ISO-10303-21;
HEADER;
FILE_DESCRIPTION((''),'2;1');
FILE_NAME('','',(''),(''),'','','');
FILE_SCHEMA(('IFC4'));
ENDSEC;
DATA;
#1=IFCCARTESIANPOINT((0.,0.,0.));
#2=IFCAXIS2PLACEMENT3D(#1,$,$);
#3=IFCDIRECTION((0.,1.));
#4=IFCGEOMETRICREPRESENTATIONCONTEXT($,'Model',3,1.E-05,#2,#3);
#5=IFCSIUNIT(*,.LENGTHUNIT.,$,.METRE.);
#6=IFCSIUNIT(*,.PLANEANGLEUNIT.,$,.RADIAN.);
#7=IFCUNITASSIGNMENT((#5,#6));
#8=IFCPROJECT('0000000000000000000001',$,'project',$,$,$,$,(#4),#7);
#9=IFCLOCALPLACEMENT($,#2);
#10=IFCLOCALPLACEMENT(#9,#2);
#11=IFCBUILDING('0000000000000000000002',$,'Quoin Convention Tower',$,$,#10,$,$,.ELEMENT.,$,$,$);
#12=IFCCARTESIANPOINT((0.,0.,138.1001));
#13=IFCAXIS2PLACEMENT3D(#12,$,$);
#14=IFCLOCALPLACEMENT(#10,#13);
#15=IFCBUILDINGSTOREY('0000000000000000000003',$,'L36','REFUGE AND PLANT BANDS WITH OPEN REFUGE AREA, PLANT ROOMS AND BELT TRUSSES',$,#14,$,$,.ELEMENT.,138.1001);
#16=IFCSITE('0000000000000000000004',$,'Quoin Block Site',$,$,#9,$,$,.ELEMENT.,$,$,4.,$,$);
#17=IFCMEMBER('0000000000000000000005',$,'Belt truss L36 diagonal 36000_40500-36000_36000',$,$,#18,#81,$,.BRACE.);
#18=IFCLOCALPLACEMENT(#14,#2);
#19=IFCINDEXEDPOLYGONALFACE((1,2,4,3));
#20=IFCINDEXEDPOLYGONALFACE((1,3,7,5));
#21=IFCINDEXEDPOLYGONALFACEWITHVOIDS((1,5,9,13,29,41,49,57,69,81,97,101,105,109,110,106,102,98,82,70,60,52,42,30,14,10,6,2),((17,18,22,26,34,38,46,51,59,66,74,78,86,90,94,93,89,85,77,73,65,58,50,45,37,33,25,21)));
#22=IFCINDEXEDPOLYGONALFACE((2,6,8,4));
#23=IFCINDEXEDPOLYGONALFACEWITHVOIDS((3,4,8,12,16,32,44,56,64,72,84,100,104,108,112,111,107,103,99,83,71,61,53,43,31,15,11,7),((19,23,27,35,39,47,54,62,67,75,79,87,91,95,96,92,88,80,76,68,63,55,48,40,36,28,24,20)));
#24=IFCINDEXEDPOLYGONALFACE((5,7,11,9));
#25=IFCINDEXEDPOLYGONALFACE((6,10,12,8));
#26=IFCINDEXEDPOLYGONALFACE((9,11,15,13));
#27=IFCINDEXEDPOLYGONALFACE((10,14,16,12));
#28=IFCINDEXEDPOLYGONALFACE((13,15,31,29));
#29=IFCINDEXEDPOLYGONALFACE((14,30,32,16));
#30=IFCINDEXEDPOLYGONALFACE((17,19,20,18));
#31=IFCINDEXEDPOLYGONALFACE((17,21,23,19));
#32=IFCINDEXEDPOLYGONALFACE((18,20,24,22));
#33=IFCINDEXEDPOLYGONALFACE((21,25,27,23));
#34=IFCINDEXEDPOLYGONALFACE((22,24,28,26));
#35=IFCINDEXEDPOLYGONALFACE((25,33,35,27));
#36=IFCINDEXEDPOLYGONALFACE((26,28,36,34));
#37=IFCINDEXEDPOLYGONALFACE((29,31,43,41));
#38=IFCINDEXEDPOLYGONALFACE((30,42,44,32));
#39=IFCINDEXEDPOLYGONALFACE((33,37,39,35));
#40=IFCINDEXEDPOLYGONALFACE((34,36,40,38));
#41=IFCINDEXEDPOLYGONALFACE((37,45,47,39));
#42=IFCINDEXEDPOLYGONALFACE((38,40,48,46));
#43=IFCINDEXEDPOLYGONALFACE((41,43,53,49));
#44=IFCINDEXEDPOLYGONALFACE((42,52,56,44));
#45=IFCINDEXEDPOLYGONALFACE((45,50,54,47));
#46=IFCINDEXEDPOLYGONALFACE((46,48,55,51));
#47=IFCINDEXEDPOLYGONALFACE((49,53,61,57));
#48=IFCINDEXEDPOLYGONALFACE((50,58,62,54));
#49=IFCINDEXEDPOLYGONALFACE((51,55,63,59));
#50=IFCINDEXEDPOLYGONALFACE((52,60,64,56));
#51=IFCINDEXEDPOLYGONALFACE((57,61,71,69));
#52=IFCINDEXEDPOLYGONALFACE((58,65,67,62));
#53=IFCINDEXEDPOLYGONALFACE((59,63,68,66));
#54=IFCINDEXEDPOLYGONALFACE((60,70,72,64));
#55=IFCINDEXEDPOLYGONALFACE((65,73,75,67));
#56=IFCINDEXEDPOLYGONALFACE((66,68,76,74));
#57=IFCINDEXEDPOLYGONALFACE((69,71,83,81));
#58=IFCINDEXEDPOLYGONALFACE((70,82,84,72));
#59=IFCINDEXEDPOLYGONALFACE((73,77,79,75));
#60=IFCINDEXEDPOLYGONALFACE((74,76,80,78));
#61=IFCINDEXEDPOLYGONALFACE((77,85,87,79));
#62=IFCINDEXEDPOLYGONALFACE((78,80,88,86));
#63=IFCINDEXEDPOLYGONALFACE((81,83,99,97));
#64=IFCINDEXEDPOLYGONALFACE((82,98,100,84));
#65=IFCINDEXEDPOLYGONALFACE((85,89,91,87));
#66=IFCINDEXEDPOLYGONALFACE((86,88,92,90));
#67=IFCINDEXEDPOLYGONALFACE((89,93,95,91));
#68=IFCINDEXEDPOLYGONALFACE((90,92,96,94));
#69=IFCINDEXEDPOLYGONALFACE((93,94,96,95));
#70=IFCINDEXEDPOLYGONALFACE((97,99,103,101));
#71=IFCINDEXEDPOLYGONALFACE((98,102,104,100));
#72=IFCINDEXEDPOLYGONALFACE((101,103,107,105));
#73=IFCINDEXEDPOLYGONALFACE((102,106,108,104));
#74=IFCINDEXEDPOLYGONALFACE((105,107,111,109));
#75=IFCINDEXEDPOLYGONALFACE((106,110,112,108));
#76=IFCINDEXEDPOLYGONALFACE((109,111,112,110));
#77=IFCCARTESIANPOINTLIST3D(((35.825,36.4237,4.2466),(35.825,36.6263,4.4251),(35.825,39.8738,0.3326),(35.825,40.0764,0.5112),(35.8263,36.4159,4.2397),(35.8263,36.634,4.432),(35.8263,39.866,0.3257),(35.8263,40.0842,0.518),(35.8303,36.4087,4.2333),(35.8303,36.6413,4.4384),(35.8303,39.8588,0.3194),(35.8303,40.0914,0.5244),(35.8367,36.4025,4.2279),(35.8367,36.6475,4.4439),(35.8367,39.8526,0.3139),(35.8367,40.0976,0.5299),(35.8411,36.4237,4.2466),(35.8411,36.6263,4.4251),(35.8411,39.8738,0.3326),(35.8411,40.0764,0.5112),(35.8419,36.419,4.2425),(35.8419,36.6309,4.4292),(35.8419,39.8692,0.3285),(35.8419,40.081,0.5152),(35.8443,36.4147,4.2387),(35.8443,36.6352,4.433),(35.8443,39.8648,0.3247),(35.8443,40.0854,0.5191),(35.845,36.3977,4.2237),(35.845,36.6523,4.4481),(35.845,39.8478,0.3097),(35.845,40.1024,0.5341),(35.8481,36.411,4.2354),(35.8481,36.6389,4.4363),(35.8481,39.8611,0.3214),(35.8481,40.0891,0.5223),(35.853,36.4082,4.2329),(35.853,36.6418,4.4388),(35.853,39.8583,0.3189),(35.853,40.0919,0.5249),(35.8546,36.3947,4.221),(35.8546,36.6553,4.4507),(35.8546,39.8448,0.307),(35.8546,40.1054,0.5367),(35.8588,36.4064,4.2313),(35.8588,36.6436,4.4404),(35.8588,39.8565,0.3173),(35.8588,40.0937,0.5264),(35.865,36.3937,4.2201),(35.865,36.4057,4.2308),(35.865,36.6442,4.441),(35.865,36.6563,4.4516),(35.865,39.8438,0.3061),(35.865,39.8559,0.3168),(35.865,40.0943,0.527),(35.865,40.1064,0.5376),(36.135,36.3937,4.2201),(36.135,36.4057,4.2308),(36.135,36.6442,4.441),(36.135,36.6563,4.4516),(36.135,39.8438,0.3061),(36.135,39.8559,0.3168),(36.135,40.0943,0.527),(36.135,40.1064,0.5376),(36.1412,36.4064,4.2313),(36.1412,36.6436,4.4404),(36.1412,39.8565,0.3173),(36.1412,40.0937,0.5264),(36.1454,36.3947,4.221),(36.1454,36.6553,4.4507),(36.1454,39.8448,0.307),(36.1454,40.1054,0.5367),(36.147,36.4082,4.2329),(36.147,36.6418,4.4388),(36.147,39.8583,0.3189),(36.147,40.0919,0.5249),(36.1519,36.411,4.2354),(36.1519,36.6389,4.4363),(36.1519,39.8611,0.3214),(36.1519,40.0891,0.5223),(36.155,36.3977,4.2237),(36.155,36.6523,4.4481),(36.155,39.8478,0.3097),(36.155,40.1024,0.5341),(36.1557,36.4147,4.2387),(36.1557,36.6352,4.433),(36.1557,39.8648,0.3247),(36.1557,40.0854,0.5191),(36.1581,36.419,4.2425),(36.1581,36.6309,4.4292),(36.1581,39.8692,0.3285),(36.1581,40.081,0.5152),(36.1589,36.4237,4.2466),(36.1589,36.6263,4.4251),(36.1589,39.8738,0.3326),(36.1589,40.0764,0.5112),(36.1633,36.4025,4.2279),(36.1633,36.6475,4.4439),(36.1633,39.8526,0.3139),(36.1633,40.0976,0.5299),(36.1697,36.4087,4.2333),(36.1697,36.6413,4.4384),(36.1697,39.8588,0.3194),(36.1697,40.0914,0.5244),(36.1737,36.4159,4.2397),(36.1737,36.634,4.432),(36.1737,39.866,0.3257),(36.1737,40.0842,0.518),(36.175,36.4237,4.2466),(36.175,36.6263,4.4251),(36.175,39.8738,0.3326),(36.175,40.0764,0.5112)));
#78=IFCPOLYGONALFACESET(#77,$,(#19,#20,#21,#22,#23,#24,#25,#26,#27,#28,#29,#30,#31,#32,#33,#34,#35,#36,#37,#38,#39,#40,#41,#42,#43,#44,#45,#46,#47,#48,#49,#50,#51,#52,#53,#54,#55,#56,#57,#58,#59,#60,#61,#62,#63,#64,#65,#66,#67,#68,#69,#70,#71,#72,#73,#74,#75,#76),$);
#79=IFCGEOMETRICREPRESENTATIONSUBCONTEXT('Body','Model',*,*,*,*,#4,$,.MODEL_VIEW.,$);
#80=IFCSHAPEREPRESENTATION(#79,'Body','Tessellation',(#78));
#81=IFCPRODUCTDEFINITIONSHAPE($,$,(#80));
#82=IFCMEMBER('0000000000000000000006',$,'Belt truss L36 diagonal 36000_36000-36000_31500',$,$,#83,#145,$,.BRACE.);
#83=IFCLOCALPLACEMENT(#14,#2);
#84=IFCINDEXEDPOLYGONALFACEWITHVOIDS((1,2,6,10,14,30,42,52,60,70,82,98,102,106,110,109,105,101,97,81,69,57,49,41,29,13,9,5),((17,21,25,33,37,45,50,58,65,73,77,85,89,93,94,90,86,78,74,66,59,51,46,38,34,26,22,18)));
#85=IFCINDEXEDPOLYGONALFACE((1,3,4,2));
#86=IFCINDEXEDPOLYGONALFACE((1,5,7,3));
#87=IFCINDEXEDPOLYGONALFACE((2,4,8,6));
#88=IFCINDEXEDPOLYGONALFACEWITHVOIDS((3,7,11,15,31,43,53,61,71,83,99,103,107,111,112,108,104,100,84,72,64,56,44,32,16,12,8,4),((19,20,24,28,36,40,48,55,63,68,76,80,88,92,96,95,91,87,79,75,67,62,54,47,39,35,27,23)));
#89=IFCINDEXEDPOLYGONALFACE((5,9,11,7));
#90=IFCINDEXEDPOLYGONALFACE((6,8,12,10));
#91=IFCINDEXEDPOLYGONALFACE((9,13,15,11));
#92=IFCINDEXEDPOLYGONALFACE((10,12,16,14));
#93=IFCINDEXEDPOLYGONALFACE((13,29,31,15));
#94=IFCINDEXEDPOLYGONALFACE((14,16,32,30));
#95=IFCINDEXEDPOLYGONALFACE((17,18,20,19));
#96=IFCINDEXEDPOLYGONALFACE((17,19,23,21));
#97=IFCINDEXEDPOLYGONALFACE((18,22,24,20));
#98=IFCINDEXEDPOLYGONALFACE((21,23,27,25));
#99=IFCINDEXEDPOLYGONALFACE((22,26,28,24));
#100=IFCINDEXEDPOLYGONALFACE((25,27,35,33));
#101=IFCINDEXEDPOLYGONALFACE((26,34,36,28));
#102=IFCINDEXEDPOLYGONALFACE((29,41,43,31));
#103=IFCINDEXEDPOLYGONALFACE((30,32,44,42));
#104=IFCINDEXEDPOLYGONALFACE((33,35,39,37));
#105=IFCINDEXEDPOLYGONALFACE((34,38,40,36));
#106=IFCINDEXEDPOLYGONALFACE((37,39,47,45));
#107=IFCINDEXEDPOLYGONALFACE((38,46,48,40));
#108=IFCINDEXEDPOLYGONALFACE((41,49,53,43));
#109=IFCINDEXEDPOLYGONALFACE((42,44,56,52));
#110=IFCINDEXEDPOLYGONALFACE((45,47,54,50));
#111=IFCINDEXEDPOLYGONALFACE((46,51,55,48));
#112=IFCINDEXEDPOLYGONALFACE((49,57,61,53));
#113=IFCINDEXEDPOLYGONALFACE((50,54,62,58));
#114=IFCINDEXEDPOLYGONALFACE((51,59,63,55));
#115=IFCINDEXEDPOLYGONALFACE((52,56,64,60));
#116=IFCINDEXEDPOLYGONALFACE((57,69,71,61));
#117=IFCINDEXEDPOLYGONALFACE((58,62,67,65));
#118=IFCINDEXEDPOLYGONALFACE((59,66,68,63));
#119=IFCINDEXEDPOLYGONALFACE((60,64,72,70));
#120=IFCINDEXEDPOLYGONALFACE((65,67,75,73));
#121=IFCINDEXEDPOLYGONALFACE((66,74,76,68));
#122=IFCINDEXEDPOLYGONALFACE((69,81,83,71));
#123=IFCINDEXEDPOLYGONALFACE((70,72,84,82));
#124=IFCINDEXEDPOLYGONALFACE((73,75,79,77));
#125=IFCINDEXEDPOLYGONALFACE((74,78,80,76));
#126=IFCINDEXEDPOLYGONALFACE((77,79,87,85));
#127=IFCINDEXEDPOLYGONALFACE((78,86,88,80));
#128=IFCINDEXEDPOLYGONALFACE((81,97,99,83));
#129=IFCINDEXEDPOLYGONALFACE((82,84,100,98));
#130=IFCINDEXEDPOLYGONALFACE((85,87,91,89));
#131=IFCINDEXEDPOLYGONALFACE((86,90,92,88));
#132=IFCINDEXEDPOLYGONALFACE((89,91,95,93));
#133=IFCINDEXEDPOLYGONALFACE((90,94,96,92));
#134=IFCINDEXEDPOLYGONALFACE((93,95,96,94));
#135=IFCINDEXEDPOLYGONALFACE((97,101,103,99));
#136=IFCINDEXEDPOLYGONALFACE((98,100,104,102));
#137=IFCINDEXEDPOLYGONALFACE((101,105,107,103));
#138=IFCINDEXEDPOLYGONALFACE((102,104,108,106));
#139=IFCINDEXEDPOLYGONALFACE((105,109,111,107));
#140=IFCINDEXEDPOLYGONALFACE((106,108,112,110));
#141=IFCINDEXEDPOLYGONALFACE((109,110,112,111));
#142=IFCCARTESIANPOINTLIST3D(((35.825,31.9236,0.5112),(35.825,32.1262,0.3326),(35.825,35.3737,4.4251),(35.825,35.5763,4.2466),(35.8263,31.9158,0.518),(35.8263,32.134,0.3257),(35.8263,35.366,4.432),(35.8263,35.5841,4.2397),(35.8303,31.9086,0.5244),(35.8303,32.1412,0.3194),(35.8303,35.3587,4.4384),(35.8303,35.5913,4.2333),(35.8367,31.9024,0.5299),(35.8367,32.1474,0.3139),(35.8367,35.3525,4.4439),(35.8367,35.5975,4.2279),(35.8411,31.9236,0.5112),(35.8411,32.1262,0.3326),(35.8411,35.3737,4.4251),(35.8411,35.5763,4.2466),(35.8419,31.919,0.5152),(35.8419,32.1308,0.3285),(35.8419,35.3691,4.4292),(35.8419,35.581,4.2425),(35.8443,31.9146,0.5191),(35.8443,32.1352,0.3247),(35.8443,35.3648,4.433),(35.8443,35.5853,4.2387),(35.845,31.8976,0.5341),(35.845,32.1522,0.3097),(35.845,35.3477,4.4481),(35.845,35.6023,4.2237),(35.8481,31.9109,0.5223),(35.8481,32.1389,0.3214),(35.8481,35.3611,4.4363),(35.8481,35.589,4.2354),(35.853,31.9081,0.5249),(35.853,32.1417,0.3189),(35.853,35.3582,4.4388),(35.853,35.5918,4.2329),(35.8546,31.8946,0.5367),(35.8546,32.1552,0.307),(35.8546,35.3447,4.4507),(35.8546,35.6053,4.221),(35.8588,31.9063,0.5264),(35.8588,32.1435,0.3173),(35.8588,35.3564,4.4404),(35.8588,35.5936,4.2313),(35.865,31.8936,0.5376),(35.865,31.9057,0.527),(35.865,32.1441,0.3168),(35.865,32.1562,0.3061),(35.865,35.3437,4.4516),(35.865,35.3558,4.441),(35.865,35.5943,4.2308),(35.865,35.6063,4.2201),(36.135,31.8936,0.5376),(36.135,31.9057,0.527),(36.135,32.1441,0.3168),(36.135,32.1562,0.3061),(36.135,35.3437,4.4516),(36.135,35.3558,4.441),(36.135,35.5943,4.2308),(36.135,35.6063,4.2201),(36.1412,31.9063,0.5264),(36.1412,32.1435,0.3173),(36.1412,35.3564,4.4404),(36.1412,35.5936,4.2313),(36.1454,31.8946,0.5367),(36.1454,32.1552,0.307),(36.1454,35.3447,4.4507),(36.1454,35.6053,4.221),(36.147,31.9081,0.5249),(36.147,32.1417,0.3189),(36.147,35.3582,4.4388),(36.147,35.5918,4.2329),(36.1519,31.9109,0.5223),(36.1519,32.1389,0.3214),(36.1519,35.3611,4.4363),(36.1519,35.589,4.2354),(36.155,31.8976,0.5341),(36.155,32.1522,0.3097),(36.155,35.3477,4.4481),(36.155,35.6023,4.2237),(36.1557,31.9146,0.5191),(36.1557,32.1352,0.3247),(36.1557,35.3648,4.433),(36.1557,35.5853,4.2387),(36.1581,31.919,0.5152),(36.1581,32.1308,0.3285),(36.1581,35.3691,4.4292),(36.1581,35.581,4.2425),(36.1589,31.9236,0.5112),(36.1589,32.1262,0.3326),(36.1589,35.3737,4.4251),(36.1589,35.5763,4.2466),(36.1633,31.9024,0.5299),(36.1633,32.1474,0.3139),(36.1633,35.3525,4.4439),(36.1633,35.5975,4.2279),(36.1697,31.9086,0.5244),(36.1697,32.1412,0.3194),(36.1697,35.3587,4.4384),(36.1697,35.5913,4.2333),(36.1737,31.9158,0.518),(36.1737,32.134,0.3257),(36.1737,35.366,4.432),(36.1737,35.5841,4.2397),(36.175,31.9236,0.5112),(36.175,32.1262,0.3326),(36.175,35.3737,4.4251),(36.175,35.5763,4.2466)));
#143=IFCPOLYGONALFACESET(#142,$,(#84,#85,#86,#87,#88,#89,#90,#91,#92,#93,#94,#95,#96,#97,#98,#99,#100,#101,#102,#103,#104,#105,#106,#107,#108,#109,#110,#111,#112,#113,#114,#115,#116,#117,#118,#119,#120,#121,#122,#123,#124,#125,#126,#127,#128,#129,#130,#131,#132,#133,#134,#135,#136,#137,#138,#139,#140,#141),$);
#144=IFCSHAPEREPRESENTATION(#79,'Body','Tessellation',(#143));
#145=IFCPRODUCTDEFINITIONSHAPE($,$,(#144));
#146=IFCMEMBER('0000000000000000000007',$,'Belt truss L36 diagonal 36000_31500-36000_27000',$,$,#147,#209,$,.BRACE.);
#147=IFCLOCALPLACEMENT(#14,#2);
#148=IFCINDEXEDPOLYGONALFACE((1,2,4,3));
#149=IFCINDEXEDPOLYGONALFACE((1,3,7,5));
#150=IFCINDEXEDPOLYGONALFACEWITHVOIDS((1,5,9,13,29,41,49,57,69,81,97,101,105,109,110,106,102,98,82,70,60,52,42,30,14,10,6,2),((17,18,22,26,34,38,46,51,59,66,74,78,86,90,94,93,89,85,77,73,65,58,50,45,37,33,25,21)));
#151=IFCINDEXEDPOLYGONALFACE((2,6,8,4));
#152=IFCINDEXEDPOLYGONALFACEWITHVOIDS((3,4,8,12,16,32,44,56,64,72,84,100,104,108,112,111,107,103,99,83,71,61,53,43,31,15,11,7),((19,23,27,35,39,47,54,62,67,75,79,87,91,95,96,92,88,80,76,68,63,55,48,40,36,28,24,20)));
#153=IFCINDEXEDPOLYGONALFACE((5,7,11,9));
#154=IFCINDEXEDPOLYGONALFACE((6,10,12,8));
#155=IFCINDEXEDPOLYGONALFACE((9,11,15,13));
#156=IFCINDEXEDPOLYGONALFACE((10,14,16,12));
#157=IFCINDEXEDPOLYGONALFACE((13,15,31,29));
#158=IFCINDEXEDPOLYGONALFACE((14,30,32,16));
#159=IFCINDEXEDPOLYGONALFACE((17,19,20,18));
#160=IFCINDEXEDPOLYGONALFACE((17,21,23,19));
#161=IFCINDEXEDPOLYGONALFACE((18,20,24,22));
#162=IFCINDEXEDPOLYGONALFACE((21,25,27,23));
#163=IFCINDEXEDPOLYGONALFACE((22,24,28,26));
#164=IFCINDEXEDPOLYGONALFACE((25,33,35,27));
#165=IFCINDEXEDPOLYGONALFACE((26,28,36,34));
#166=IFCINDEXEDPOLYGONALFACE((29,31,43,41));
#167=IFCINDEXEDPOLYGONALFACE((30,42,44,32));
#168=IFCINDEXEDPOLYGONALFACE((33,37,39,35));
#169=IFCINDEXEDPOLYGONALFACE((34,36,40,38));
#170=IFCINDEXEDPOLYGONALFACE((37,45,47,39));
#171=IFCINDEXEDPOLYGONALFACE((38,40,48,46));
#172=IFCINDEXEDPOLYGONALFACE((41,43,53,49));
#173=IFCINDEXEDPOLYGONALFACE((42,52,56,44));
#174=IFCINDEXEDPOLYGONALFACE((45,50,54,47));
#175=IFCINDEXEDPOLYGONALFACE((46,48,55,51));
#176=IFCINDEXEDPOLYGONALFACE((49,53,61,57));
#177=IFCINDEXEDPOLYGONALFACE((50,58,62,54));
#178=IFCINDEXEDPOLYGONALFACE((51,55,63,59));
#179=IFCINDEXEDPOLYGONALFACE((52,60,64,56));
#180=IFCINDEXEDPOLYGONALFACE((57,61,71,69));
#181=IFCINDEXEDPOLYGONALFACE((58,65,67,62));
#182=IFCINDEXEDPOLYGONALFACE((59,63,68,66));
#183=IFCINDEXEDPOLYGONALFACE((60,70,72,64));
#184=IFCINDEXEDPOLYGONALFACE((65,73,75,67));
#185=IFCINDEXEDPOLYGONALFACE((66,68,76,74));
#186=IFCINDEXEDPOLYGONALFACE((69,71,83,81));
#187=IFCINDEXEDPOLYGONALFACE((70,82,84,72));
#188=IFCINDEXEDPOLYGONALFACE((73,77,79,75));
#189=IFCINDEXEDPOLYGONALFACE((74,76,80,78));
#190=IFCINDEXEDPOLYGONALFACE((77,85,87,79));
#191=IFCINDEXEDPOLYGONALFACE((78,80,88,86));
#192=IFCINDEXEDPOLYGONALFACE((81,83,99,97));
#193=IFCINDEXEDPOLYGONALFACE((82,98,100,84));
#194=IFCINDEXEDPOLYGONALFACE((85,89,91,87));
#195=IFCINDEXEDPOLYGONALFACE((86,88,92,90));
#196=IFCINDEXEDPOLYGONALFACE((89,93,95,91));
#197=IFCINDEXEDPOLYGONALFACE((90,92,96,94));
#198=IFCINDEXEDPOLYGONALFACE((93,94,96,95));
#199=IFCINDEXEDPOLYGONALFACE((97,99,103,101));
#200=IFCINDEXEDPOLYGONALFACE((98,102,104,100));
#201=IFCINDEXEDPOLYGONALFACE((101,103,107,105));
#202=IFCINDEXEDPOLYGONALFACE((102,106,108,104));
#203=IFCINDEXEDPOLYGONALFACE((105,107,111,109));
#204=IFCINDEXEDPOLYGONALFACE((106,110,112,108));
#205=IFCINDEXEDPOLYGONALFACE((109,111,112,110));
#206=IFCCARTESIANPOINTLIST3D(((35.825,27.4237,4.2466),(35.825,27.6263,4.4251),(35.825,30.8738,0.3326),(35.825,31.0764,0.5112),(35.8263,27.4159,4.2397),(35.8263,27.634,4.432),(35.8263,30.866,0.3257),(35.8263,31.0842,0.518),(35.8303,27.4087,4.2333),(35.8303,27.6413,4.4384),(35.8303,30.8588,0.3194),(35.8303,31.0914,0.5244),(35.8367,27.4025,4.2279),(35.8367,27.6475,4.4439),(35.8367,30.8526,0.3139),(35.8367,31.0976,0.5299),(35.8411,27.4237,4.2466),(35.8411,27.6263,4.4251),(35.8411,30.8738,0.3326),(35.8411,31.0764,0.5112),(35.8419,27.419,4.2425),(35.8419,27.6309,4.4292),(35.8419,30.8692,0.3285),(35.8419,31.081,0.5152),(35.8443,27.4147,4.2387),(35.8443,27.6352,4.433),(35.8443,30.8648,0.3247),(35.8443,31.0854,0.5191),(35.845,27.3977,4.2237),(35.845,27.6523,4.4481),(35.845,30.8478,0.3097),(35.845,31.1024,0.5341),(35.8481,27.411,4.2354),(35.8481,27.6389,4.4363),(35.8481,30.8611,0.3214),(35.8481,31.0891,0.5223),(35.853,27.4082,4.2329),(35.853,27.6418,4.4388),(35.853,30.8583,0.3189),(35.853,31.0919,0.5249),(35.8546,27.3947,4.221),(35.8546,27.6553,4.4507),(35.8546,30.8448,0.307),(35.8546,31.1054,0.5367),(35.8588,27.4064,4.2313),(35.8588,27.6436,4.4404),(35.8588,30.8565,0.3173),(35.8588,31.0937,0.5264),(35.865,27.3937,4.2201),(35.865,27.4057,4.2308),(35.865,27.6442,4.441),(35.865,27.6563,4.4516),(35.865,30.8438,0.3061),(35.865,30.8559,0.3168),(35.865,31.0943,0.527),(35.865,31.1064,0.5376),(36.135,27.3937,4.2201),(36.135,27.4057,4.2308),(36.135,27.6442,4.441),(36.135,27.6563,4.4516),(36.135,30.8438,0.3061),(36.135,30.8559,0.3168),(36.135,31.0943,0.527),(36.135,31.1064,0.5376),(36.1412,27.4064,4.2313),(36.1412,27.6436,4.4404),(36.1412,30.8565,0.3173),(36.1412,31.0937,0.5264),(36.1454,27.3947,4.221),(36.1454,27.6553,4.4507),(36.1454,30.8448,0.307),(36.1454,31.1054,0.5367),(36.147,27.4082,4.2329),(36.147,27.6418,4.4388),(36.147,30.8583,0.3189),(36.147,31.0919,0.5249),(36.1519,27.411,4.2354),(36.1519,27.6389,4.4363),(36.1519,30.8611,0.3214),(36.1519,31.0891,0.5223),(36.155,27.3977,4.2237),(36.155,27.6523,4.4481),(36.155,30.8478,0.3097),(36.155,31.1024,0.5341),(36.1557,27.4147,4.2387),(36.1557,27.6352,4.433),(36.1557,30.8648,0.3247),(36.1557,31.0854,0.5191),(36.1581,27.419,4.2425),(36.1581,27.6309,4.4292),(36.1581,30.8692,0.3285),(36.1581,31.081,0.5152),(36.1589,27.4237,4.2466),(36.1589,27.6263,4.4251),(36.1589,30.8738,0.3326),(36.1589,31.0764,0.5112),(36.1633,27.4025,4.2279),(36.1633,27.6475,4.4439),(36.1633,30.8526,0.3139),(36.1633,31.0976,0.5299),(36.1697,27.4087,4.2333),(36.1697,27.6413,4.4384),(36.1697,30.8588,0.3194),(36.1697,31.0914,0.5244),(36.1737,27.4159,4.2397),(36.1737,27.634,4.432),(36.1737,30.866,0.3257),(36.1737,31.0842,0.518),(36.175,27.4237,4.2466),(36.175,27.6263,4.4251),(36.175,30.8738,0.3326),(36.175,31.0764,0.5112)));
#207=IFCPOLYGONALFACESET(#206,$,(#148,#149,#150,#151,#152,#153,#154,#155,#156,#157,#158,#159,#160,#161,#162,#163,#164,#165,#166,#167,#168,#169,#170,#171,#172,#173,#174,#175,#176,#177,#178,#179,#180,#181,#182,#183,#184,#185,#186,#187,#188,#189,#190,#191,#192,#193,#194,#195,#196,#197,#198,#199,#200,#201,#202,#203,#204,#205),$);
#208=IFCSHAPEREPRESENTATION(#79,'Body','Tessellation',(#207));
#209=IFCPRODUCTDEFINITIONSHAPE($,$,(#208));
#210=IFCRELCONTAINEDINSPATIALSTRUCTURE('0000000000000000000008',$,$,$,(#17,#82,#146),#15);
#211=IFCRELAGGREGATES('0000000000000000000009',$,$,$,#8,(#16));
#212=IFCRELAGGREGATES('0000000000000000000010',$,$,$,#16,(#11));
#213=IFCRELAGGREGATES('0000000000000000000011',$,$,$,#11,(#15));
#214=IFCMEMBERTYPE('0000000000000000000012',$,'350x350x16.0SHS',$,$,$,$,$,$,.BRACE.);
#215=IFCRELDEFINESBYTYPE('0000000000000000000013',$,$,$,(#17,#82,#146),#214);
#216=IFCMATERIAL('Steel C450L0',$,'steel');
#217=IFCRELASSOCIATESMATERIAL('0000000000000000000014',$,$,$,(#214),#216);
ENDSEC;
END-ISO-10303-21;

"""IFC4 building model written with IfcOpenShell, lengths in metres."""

from ifc_helpers import new_model, si_unit, direction, frame, origin, origin_2d, place, context, subcontext, project, spatial, hollow_rectangle, extrude, material, material_profile, profile_set, type_object, element, save


model = new_model("IFC4")

# Units and contexts
model_context = context("Model", 3, precision=1e-05, world=origin(), true_north=direction((0.0, 1.0)))
body_context = subcontext(model_context, "Body", "Model", "MODEL_VIEW")
ifc_project = project(units=[si_unit("LENGTHUNIT", "METRE"), si_unit("PLANEANGLEUNIT", "RADIAN")], contexts=[model_context])

# Site, building, storey
site_placement = place(None, origin())
site = spatial("IfcSite", under=ifc_project, at=site_placement, Name="Quoin Block Site", CompositionType="ELEMENT", RefElevation=4.0)
building_placement = place(site_placement, origin())
building = spatial("IfcBuilding", under=site, at=building_placement, Name="Quoin Convention Tower", CompositionType="ELEMENT")
storey_placement = place(building_placement, frame((0.0, 0.0, 138.1001)))
storey = spatial("IfcBuildingStorey", under=building, at=storey_placement, Name="L36", Description="REFUGE AND PLANT BANDS WITH OPEN REFUGE AREA, PLANT ROOMS AND BELT TRUSSES", CompositionType="ELEMENT", Elevation=138.1001)

# Shared definitions
ifc_material_1 = material(Name="Steel C450L0", Category="steel")

# Members
ifc_material_profile_1 = material_profile(ifc_material_1, hollow_rectangle(XDim=0.3501, YDim=0.3501, WallThickness=0.0161, InnerFilletRadius=0.0239, OuterFilletRadius=0.04, at=origin_2d()), Name="350x350x16.0SHS")
ifc_profile_set_1 = profile_set([ifc_material_profile_1], Name="Steel C450L0")
member_type_1 = type_object("IfcMemberType", Name="350x350x16.0SHS", PredefinedType="BRACE", material=ifc_profile_set_1)
for number, where, z_axis, x_axis, name in (
    (1, (36.0, 39.9751, 0.4219), (0.0, -0.661256, 0.75016), (1.0, 0.0, 0.0), "Belt truss L36 diagonal 36000_40500-36000_36000"),
    (2, (36.0, 32.0249, 0.4219), (0.0, 0.661256, 0.75016), (-1.0, 0.0, 0.0), "Belt truss L36 diagonal 36000_36000-36000_31500"),
    (3, (36.0, 30.9751, 0.4219), (0.0, -0.661256, 0.75016), (1.0, 0.0, 0.0), "Belt truss L36 diagonal 36000_31500-36000_27000"),
):
    element("IfcMember", number, at=place(storey_placement, frame(where, z_axis=z_axis, x_axis=x_axis)), inside=storey, type_object=member_type_1, Name=name, PredefinedType="BRACE", context=body_context, shape_type="SweptSolid", body=[
        extrude(hollow_rectangle(XDim=0.3501, YDim=0.3501, WallThickness=0.0161, InnerFilletRadius=0.0239, OuterFilletRadius=0.04, at=origin_2d()), origin(), (0.0, 0.0, 1.0), 5.2175),
    ])

save(model, "model.ifc")
